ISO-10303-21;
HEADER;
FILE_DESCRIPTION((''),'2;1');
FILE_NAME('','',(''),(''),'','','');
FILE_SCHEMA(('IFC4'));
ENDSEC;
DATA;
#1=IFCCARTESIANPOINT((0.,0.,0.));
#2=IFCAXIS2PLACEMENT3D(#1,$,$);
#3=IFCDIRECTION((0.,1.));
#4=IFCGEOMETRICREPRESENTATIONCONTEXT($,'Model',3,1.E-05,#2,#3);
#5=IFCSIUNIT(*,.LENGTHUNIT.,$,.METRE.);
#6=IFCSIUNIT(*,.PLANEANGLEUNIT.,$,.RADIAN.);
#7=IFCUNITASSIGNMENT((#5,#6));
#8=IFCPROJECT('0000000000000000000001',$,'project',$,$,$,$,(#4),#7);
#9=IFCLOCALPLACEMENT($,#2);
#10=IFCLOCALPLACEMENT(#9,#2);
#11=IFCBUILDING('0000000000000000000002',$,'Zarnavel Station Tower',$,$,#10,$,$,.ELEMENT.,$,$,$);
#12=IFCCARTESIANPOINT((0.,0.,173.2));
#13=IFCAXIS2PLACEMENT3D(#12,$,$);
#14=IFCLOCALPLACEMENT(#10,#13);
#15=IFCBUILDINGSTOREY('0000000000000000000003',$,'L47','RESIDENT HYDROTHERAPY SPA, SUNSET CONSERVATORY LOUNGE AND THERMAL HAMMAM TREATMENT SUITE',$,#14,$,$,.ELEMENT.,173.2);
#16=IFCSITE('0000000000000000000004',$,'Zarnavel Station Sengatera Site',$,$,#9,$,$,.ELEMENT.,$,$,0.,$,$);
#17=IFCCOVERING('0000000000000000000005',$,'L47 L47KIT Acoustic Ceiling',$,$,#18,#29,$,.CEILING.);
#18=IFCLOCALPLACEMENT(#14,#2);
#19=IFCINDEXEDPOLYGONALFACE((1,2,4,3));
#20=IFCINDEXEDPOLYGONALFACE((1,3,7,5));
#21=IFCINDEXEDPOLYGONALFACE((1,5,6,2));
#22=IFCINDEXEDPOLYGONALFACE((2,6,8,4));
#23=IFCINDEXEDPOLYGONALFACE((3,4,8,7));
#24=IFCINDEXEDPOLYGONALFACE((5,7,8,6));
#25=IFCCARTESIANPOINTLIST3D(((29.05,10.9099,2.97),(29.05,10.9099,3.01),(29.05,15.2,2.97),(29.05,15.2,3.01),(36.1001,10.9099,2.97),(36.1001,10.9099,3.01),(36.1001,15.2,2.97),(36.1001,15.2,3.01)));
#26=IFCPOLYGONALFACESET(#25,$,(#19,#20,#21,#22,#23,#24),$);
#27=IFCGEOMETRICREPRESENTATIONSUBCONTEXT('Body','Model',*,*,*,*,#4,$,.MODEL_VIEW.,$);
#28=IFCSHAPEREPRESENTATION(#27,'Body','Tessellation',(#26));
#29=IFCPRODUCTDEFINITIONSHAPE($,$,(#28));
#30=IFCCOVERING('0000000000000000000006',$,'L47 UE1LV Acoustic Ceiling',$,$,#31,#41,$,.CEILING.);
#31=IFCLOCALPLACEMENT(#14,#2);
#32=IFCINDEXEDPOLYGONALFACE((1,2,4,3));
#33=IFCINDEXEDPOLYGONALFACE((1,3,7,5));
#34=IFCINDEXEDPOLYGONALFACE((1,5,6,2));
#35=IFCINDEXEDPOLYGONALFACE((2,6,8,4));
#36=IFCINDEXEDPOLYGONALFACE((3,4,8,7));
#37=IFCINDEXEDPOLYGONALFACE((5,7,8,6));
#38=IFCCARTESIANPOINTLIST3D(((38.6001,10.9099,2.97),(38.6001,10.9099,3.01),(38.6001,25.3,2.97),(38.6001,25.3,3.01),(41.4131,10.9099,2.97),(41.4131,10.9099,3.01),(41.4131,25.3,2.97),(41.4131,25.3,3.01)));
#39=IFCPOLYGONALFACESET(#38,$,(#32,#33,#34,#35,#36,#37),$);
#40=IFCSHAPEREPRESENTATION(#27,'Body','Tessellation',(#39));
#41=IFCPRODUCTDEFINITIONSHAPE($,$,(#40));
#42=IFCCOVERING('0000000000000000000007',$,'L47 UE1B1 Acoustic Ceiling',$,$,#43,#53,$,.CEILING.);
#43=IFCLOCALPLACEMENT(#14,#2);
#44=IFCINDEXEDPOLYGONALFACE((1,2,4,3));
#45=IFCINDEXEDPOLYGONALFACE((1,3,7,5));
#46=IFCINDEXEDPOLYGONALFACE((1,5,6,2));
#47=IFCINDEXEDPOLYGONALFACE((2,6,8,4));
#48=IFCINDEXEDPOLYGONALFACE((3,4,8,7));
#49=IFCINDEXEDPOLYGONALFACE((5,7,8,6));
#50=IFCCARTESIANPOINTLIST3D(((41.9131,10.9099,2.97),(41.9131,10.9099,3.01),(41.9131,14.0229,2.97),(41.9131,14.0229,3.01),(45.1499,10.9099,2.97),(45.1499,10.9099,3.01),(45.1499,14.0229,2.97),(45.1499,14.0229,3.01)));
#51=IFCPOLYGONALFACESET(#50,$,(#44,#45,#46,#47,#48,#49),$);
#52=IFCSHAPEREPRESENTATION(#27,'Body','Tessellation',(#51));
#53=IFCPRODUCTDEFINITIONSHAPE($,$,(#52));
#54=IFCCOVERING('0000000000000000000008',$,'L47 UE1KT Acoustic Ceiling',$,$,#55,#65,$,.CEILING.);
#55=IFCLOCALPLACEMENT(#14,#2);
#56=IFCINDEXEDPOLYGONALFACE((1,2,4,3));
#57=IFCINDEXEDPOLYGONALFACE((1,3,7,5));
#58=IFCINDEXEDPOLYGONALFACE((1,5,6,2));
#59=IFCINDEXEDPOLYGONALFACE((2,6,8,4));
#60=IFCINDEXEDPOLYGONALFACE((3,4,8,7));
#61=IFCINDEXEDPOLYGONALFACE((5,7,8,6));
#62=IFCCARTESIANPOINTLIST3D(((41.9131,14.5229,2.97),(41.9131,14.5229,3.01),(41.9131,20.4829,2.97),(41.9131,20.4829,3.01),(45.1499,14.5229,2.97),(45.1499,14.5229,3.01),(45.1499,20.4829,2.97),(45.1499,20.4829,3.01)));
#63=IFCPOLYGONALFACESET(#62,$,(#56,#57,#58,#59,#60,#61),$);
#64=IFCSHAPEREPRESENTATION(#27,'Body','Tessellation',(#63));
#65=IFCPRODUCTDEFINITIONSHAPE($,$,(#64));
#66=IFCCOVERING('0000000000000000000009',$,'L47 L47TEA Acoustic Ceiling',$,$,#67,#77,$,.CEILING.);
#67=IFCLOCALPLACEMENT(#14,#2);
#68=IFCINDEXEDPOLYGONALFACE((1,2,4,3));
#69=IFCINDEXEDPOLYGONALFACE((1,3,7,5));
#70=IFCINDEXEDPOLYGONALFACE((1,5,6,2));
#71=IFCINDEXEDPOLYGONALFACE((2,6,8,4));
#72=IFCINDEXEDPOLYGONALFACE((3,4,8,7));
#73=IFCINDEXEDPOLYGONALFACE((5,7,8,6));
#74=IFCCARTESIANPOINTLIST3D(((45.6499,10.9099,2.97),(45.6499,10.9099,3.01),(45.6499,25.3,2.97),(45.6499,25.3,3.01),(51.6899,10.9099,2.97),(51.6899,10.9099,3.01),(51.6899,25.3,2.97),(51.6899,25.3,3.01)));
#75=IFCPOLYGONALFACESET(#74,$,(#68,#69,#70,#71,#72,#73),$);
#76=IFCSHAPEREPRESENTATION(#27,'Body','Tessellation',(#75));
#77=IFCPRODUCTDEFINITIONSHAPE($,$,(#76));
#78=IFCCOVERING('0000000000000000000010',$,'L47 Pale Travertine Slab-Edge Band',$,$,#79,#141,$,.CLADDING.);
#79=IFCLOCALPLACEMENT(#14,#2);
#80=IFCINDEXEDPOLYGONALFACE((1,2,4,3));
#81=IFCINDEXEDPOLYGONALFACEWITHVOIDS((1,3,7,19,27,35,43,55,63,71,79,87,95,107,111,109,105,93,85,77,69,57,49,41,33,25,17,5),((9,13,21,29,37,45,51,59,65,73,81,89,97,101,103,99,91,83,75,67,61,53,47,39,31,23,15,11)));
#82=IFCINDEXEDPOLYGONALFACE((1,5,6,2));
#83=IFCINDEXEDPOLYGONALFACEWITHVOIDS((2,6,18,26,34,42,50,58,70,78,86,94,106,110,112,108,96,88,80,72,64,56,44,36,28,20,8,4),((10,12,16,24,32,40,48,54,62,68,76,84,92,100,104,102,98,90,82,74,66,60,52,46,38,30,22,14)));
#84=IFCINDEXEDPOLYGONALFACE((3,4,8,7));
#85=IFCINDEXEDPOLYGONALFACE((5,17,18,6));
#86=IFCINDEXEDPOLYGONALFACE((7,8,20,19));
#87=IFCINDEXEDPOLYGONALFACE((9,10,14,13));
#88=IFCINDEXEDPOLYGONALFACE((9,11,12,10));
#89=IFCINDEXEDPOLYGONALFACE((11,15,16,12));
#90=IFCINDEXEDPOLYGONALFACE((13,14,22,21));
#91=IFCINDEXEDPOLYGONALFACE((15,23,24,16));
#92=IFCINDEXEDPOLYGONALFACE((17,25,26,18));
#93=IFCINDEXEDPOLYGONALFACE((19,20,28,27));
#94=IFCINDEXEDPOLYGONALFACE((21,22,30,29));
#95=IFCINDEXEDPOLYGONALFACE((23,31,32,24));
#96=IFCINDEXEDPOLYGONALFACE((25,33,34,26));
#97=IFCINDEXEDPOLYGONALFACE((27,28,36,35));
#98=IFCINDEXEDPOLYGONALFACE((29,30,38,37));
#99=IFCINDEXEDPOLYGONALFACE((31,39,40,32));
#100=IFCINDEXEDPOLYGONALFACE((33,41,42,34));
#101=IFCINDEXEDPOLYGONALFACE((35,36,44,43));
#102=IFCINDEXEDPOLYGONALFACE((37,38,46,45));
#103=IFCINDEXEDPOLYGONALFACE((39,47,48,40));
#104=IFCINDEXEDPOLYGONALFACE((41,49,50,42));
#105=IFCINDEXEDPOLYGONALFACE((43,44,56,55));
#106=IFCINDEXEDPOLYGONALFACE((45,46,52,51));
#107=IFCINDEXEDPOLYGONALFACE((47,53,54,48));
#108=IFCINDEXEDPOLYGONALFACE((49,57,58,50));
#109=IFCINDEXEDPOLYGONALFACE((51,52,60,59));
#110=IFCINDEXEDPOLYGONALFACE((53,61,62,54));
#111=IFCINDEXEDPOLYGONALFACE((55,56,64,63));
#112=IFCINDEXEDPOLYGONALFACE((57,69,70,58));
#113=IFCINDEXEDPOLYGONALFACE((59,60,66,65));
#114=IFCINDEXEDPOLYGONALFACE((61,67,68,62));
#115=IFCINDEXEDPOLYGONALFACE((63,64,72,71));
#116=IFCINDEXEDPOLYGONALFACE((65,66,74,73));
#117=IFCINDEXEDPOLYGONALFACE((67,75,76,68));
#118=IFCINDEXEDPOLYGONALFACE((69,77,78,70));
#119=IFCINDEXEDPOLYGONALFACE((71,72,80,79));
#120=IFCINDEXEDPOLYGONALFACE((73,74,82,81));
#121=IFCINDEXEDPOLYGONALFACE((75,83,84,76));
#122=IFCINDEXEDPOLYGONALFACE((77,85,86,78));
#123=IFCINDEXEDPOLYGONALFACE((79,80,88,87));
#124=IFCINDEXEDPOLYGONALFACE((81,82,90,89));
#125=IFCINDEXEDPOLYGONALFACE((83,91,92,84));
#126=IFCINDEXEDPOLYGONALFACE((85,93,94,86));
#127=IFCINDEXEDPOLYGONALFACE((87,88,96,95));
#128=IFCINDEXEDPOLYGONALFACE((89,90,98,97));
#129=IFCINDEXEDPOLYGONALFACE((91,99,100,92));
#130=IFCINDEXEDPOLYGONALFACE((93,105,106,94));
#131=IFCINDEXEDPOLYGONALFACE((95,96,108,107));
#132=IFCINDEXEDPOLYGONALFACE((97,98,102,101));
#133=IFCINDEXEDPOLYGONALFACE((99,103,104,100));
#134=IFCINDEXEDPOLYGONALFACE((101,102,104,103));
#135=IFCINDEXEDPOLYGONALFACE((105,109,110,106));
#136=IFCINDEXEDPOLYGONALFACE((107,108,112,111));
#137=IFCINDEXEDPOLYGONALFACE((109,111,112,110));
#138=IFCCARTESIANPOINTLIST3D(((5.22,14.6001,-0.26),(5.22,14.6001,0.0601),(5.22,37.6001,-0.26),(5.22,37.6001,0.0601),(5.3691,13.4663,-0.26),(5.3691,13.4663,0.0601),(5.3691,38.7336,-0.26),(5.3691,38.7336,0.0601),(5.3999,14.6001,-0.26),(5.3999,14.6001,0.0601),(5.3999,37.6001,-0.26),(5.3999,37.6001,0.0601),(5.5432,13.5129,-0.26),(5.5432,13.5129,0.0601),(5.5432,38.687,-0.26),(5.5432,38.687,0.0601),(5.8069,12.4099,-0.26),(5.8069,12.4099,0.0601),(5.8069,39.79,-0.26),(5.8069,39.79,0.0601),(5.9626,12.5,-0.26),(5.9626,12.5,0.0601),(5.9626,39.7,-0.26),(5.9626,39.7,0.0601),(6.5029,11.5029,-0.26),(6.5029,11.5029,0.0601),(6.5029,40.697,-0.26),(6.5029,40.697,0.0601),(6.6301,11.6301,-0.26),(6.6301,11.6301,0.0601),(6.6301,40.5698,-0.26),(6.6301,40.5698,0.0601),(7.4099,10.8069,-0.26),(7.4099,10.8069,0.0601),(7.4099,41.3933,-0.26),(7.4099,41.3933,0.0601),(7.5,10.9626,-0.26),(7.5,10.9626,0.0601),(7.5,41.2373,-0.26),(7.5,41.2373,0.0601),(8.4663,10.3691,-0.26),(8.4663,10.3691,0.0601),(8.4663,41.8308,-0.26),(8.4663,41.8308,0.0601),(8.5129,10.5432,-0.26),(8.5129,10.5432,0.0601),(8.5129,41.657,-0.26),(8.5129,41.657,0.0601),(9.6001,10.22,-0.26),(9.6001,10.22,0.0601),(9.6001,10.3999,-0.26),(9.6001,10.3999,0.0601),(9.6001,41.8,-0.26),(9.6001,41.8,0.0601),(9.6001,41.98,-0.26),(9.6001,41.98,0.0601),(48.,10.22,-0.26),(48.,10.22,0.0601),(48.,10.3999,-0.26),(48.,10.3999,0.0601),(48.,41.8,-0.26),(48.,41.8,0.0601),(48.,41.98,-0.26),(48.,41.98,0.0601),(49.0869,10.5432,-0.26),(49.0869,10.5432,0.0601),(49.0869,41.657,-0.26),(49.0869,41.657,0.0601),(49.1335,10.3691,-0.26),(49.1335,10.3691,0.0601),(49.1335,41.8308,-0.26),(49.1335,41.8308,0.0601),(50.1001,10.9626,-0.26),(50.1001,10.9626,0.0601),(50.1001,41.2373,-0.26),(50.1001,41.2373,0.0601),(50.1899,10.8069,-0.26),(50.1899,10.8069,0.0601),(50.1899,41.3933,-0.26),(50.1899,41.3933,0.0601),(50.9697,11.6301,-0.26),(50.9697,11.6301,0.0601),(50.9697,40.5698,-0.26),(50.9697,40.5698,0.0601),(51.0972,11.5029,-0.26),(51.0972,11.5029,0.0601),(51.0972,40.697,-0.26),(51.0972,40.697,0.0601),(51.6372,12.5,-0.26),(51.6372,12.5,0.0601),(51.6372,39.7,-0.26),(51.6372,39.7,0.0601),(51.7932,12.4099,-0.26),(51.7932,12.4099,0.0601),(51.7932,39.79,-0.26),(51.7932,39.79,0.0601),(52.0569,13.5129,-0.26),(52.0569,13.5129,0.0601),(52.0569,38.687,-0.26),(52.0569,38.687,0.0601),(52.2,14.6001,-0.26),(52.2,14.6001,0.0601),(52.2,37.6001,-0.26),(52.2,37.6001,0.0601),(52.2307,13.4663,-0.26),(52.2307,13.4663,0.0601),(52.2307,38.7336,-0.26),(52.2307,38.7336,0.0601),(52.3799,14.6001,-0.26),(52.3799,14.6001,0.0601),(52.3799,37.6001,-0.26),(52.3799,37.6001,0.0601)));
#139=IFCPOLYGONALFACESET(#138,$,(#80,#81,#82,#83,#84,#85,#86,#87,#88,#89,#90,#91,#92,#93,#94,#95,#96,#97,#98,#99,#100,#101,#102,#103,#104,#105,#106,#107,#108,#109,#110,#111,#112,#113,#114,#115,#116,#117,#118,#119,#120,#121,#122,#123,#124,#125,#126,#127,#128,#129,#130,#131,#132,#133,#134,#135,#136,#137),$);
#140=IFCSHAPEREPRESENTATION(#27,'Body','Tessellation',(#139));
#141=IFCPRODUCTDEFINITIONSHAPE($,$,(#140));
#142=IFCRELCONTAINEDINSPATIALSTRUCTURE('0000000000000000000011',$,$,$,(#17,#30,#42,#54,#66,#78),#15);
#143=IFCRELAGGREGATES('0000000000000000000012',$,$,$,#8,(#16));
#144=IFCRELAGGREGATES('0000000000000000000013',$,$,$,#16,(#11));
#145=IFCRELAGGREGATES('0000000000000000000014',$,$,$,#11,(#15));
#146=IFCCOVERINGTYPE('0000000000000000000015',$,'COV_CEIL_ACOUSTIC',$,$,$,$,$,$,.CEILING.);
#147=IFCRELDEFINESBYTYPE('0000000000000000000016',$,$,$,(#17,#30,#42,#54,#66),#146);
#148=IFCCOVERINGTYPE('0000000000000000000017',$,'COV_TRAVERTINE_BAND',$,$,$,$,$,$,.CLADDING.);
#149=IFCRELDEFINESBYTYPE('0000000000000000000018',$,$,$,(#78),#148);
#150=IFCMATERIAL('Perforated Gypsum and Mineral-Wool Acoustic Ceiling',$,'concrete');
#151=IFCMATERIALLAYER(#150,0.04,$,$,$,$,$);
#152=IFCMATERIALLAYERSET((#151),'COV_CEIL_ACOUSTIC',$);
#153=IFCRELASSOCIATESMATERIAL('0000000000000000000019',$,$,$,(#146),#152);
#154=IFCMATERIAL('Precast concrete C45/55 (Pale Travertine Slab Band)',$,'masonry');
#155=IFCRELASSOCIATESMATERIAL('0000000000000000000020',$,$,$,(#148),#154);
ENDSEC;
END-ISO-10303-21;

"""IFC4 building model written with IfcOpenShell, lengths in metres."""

from ifc_helpers import new_model, si_unit, direction, frame, origin, place, context, subcontext, project, spatial, polyline, outline, extrude, material, layer, layer_set, type_object, element, save


model = new_model("IFC4")

# Units and contexts
model_context = context("Model", 3, precision=1e-05, world=origin(), true_north=direction((0.0, 1.0)))
body_context = subcontext(model_context, "Body", "Model", "MODEL_VIEW")
ifc_project = project(units=[si_unit("LENGTHUNIT", "METRE"), si_unit("PLANEANGLEUNIT", "RADIAN")], contexts=[model_context])

# Site, building, storey
site_placement = place(None, origin())
site = spatial("IfcSite", under=ifc_project, at=site_placement, Name="Zarnavel Station Sengatera Site", CompositionType="ELEMENT", RefElevation=0.0)
building_placement = place(site_placement, origin())
building = spatial("IfcBuilding", under=site, at=building_placement, Name="Zarnavel Station Tower", CompositionType="ELEMENT")
storey_placement = place(building_placement, frame((0.0, 0.0, 173.2)))
storey = spatial("IfcBuildingStorey", under=building, at=storey_placement, Name="L47", Description="RESIDENT HYDROTHERAPY SPA, SUNSET CONSERVATORY LOUNGE AND THERMAL HAMMAM TREATMENT SUITE", CompositionType="ELEMENT", Elevation=173.2)

# Coverings
ifc_material_1 = material(Name="Perforated Gypsum and Mineral-Wool Acoustic Ceiling", Category="concrete")
ifc_layer_1 = layer(ifc_material_1, 0.04)
ifc_layer_set_1 = layer_set([ifc_layer_1], Name="COV_CEIL_ACOUSTIC")
covering_type_1 = type_object("IfcCoveringType", Name="COV_CEIL_ACOUSTIC", PredefinedType="CEILING", material=ifc_layer_set_1)
covering_1_placement = place(storey_placement, frame((0.0, 0.0, 2.97)))
element("IfcCovering", 1, at=covering_1_placement, inside=storey, type_object=covering_type_1, Name="L47 L47KIT Acoustic Ceiling", PredefinedType="CEILING", context=body_context, shape_type="SweptSolid", body=[
    extrude(outline(polyline([(29.05, 10.9099), (36.1001, 10.9099), (36.1001, 15.2), (29.05, 15.2), (29.05, 10.9099)])), origin(), (0.0, 0.0, 1.0), 0.04),
])
covering_2_placement = place(storey_placement, frame((0.0, 0.0, 2.97)))
element("IfcCovering", 2, at=covering_2_placement, inside=storey, type_object=covering_type_1, Name="L47 UE1LV Acoustic Ceiling", PredefinedType="CEILING", context=body_context, shape_type="SweptSolid", body=[
    extrude(outline(polyline([(38.6001, 10.9099), (41.4131, 10.9099), (41.4131, 25.3), (38.6001, 25.3), (38.6001, 10.9099)])), origin(), (0.0, 0.0, 1.0), 0.04),
])
covering_3_placement = place(storey_placement, frame((0.0, 0.0, 2.97)))
element("IfcCovering", 3, at=covering_3_placement, inside=storey, type_object=covering_type_1, Name="L47 UE1B1 Acoustic Ceiling", PredefinedType="CEILING", context=body_context, shape_type="SweptSolid", body=[
    extrude(outline(polyline([(41.9131, 10.9099), (45.1499, 10.9099), (45.1499, 14.0229), (41.9131, 14.0229), (41.9131, 10.9099)])), origin(), (0.0, 0.0, 1.0), 0.04),
])
covering_4_placement = place(storey_placement, frame((0.0, 0.0, 2.97)))
element("IfcCovering", 4, at=covering_4_placement, inside=storey, type_object=covering_type_1, Name="L47 UE1KT Acoustic Ceiling", PredefinedType="CEILING", context=body_context, shape_type="SweptSolid", body=[
    extrude(outline(polyline([(41.9131, 14.5229), (45.1499, 14.5229), (45.1499, 20.4829), (41.9131, 20.4829), (41.9131, 14.5229)])), origin(), (0.0, 0.0, 1.0), 0.04),
])
covering_5_placement = place(storey_placement, frame((0.0, 0.0, 2.97)))
element("IfcCovering", 5, at=covering_5_placement, inside=storey, type_object=covering_type_1, Name="L47 L47TEA Acoustic Ceiling", PredefinedType="CEILING", context=body_context, shape_type="SweptSolid", body=[
    extrude(outline(polyline([(45.6499, 10.9099), (51.6899, 10.9099), (51.6899, 25.3), (45.6499, 25.3), (45.6499, 10.9099)])), origin(), (0.0, 0.0, 1.0), 0.04),
])
ifc_material_2 = material(Name="Precast concrete C45/55 (Pale Travertine Slab Band)", Category="masonry")
covering_type_2 = type_object("IfcCoveringType", Name="COV_TRAVERTINE_BAND", PredefinedType="CLADDING", material=ifc_material_2)
covering_6_placement = place(storey_placement, frame((0.0, 0.0, -0.26)))
element("IfcCovering", 6, at=covering_6_placement, inside=storey, type_object=covering_type_2, Name="L47 Pale Travertine Slab-Edge Band", PredefinedType="CLADDING", context=body_context, shape_type="SweptSolid", body=[
    extrude(outline(polyline([(48.0, 10.22), (49.1335, 10.3691), (50.1899, 10.8069), (51.0972, 11.5029), (51.7932, 12.4099), (52.2307, 13.4663), (52.3799, 14.6001), (52.3799, 37.6001), (52.2307, 38.7336), (51.7932, 39.79), (51.0972, 40.697), (50.1899, 41.3933), (49.1335, 41.8308), (48.0, 41.98), (9.6001, 41.98), (8.4663, 41.8308), (7.4099, 41.3933), (6.5029, 40.697), (5.8069, 39.79), (5.3691, 38.7336), (5.22, 37.6001), (5.22, 14.6001), (5.3691, 13.4663), (5.8069, 12.4099), (6.5029, 11.5029), (7.4099, 10.8069), (8.4663, 10.3691), (9.6001, 10.22), (48.0, 10.22)]), holes=[polyline([(48.0, 10.3999), (49.0869, 10.5432), (50.1001, 10.9626), (50.9697, 11.6301), (51.6372, 12.5), (52.0569, 13.5129), (52.2, 14.6001), (52.2, 37.6001), (52.0569, 38.687), (51.6372, 39.7), (50.9697, 40.5698), (50.1001, 41.2373), (49.0869, 41.657), (48.0, 41.8), (9.6001, 41.8), (8.5129, 41.657), (7.5, 41.2373), (6.6301, 40.5698), (5.9626, 39.7), (5.5432, 38.687), (5.3999, 37.6001), (5.3999, 14.6001), (5.5432, 13.5129), (5.9626, 12.5), (6.6301, 11.6301), (7.5, 10.9626), (8.5129, 10.5432), (9.6001, 10.3999), (48.0, 10.3999)])]), origin(), (0.0, 0.0, 1.0), 0.3201),
])

save(model, "model.ifc")
